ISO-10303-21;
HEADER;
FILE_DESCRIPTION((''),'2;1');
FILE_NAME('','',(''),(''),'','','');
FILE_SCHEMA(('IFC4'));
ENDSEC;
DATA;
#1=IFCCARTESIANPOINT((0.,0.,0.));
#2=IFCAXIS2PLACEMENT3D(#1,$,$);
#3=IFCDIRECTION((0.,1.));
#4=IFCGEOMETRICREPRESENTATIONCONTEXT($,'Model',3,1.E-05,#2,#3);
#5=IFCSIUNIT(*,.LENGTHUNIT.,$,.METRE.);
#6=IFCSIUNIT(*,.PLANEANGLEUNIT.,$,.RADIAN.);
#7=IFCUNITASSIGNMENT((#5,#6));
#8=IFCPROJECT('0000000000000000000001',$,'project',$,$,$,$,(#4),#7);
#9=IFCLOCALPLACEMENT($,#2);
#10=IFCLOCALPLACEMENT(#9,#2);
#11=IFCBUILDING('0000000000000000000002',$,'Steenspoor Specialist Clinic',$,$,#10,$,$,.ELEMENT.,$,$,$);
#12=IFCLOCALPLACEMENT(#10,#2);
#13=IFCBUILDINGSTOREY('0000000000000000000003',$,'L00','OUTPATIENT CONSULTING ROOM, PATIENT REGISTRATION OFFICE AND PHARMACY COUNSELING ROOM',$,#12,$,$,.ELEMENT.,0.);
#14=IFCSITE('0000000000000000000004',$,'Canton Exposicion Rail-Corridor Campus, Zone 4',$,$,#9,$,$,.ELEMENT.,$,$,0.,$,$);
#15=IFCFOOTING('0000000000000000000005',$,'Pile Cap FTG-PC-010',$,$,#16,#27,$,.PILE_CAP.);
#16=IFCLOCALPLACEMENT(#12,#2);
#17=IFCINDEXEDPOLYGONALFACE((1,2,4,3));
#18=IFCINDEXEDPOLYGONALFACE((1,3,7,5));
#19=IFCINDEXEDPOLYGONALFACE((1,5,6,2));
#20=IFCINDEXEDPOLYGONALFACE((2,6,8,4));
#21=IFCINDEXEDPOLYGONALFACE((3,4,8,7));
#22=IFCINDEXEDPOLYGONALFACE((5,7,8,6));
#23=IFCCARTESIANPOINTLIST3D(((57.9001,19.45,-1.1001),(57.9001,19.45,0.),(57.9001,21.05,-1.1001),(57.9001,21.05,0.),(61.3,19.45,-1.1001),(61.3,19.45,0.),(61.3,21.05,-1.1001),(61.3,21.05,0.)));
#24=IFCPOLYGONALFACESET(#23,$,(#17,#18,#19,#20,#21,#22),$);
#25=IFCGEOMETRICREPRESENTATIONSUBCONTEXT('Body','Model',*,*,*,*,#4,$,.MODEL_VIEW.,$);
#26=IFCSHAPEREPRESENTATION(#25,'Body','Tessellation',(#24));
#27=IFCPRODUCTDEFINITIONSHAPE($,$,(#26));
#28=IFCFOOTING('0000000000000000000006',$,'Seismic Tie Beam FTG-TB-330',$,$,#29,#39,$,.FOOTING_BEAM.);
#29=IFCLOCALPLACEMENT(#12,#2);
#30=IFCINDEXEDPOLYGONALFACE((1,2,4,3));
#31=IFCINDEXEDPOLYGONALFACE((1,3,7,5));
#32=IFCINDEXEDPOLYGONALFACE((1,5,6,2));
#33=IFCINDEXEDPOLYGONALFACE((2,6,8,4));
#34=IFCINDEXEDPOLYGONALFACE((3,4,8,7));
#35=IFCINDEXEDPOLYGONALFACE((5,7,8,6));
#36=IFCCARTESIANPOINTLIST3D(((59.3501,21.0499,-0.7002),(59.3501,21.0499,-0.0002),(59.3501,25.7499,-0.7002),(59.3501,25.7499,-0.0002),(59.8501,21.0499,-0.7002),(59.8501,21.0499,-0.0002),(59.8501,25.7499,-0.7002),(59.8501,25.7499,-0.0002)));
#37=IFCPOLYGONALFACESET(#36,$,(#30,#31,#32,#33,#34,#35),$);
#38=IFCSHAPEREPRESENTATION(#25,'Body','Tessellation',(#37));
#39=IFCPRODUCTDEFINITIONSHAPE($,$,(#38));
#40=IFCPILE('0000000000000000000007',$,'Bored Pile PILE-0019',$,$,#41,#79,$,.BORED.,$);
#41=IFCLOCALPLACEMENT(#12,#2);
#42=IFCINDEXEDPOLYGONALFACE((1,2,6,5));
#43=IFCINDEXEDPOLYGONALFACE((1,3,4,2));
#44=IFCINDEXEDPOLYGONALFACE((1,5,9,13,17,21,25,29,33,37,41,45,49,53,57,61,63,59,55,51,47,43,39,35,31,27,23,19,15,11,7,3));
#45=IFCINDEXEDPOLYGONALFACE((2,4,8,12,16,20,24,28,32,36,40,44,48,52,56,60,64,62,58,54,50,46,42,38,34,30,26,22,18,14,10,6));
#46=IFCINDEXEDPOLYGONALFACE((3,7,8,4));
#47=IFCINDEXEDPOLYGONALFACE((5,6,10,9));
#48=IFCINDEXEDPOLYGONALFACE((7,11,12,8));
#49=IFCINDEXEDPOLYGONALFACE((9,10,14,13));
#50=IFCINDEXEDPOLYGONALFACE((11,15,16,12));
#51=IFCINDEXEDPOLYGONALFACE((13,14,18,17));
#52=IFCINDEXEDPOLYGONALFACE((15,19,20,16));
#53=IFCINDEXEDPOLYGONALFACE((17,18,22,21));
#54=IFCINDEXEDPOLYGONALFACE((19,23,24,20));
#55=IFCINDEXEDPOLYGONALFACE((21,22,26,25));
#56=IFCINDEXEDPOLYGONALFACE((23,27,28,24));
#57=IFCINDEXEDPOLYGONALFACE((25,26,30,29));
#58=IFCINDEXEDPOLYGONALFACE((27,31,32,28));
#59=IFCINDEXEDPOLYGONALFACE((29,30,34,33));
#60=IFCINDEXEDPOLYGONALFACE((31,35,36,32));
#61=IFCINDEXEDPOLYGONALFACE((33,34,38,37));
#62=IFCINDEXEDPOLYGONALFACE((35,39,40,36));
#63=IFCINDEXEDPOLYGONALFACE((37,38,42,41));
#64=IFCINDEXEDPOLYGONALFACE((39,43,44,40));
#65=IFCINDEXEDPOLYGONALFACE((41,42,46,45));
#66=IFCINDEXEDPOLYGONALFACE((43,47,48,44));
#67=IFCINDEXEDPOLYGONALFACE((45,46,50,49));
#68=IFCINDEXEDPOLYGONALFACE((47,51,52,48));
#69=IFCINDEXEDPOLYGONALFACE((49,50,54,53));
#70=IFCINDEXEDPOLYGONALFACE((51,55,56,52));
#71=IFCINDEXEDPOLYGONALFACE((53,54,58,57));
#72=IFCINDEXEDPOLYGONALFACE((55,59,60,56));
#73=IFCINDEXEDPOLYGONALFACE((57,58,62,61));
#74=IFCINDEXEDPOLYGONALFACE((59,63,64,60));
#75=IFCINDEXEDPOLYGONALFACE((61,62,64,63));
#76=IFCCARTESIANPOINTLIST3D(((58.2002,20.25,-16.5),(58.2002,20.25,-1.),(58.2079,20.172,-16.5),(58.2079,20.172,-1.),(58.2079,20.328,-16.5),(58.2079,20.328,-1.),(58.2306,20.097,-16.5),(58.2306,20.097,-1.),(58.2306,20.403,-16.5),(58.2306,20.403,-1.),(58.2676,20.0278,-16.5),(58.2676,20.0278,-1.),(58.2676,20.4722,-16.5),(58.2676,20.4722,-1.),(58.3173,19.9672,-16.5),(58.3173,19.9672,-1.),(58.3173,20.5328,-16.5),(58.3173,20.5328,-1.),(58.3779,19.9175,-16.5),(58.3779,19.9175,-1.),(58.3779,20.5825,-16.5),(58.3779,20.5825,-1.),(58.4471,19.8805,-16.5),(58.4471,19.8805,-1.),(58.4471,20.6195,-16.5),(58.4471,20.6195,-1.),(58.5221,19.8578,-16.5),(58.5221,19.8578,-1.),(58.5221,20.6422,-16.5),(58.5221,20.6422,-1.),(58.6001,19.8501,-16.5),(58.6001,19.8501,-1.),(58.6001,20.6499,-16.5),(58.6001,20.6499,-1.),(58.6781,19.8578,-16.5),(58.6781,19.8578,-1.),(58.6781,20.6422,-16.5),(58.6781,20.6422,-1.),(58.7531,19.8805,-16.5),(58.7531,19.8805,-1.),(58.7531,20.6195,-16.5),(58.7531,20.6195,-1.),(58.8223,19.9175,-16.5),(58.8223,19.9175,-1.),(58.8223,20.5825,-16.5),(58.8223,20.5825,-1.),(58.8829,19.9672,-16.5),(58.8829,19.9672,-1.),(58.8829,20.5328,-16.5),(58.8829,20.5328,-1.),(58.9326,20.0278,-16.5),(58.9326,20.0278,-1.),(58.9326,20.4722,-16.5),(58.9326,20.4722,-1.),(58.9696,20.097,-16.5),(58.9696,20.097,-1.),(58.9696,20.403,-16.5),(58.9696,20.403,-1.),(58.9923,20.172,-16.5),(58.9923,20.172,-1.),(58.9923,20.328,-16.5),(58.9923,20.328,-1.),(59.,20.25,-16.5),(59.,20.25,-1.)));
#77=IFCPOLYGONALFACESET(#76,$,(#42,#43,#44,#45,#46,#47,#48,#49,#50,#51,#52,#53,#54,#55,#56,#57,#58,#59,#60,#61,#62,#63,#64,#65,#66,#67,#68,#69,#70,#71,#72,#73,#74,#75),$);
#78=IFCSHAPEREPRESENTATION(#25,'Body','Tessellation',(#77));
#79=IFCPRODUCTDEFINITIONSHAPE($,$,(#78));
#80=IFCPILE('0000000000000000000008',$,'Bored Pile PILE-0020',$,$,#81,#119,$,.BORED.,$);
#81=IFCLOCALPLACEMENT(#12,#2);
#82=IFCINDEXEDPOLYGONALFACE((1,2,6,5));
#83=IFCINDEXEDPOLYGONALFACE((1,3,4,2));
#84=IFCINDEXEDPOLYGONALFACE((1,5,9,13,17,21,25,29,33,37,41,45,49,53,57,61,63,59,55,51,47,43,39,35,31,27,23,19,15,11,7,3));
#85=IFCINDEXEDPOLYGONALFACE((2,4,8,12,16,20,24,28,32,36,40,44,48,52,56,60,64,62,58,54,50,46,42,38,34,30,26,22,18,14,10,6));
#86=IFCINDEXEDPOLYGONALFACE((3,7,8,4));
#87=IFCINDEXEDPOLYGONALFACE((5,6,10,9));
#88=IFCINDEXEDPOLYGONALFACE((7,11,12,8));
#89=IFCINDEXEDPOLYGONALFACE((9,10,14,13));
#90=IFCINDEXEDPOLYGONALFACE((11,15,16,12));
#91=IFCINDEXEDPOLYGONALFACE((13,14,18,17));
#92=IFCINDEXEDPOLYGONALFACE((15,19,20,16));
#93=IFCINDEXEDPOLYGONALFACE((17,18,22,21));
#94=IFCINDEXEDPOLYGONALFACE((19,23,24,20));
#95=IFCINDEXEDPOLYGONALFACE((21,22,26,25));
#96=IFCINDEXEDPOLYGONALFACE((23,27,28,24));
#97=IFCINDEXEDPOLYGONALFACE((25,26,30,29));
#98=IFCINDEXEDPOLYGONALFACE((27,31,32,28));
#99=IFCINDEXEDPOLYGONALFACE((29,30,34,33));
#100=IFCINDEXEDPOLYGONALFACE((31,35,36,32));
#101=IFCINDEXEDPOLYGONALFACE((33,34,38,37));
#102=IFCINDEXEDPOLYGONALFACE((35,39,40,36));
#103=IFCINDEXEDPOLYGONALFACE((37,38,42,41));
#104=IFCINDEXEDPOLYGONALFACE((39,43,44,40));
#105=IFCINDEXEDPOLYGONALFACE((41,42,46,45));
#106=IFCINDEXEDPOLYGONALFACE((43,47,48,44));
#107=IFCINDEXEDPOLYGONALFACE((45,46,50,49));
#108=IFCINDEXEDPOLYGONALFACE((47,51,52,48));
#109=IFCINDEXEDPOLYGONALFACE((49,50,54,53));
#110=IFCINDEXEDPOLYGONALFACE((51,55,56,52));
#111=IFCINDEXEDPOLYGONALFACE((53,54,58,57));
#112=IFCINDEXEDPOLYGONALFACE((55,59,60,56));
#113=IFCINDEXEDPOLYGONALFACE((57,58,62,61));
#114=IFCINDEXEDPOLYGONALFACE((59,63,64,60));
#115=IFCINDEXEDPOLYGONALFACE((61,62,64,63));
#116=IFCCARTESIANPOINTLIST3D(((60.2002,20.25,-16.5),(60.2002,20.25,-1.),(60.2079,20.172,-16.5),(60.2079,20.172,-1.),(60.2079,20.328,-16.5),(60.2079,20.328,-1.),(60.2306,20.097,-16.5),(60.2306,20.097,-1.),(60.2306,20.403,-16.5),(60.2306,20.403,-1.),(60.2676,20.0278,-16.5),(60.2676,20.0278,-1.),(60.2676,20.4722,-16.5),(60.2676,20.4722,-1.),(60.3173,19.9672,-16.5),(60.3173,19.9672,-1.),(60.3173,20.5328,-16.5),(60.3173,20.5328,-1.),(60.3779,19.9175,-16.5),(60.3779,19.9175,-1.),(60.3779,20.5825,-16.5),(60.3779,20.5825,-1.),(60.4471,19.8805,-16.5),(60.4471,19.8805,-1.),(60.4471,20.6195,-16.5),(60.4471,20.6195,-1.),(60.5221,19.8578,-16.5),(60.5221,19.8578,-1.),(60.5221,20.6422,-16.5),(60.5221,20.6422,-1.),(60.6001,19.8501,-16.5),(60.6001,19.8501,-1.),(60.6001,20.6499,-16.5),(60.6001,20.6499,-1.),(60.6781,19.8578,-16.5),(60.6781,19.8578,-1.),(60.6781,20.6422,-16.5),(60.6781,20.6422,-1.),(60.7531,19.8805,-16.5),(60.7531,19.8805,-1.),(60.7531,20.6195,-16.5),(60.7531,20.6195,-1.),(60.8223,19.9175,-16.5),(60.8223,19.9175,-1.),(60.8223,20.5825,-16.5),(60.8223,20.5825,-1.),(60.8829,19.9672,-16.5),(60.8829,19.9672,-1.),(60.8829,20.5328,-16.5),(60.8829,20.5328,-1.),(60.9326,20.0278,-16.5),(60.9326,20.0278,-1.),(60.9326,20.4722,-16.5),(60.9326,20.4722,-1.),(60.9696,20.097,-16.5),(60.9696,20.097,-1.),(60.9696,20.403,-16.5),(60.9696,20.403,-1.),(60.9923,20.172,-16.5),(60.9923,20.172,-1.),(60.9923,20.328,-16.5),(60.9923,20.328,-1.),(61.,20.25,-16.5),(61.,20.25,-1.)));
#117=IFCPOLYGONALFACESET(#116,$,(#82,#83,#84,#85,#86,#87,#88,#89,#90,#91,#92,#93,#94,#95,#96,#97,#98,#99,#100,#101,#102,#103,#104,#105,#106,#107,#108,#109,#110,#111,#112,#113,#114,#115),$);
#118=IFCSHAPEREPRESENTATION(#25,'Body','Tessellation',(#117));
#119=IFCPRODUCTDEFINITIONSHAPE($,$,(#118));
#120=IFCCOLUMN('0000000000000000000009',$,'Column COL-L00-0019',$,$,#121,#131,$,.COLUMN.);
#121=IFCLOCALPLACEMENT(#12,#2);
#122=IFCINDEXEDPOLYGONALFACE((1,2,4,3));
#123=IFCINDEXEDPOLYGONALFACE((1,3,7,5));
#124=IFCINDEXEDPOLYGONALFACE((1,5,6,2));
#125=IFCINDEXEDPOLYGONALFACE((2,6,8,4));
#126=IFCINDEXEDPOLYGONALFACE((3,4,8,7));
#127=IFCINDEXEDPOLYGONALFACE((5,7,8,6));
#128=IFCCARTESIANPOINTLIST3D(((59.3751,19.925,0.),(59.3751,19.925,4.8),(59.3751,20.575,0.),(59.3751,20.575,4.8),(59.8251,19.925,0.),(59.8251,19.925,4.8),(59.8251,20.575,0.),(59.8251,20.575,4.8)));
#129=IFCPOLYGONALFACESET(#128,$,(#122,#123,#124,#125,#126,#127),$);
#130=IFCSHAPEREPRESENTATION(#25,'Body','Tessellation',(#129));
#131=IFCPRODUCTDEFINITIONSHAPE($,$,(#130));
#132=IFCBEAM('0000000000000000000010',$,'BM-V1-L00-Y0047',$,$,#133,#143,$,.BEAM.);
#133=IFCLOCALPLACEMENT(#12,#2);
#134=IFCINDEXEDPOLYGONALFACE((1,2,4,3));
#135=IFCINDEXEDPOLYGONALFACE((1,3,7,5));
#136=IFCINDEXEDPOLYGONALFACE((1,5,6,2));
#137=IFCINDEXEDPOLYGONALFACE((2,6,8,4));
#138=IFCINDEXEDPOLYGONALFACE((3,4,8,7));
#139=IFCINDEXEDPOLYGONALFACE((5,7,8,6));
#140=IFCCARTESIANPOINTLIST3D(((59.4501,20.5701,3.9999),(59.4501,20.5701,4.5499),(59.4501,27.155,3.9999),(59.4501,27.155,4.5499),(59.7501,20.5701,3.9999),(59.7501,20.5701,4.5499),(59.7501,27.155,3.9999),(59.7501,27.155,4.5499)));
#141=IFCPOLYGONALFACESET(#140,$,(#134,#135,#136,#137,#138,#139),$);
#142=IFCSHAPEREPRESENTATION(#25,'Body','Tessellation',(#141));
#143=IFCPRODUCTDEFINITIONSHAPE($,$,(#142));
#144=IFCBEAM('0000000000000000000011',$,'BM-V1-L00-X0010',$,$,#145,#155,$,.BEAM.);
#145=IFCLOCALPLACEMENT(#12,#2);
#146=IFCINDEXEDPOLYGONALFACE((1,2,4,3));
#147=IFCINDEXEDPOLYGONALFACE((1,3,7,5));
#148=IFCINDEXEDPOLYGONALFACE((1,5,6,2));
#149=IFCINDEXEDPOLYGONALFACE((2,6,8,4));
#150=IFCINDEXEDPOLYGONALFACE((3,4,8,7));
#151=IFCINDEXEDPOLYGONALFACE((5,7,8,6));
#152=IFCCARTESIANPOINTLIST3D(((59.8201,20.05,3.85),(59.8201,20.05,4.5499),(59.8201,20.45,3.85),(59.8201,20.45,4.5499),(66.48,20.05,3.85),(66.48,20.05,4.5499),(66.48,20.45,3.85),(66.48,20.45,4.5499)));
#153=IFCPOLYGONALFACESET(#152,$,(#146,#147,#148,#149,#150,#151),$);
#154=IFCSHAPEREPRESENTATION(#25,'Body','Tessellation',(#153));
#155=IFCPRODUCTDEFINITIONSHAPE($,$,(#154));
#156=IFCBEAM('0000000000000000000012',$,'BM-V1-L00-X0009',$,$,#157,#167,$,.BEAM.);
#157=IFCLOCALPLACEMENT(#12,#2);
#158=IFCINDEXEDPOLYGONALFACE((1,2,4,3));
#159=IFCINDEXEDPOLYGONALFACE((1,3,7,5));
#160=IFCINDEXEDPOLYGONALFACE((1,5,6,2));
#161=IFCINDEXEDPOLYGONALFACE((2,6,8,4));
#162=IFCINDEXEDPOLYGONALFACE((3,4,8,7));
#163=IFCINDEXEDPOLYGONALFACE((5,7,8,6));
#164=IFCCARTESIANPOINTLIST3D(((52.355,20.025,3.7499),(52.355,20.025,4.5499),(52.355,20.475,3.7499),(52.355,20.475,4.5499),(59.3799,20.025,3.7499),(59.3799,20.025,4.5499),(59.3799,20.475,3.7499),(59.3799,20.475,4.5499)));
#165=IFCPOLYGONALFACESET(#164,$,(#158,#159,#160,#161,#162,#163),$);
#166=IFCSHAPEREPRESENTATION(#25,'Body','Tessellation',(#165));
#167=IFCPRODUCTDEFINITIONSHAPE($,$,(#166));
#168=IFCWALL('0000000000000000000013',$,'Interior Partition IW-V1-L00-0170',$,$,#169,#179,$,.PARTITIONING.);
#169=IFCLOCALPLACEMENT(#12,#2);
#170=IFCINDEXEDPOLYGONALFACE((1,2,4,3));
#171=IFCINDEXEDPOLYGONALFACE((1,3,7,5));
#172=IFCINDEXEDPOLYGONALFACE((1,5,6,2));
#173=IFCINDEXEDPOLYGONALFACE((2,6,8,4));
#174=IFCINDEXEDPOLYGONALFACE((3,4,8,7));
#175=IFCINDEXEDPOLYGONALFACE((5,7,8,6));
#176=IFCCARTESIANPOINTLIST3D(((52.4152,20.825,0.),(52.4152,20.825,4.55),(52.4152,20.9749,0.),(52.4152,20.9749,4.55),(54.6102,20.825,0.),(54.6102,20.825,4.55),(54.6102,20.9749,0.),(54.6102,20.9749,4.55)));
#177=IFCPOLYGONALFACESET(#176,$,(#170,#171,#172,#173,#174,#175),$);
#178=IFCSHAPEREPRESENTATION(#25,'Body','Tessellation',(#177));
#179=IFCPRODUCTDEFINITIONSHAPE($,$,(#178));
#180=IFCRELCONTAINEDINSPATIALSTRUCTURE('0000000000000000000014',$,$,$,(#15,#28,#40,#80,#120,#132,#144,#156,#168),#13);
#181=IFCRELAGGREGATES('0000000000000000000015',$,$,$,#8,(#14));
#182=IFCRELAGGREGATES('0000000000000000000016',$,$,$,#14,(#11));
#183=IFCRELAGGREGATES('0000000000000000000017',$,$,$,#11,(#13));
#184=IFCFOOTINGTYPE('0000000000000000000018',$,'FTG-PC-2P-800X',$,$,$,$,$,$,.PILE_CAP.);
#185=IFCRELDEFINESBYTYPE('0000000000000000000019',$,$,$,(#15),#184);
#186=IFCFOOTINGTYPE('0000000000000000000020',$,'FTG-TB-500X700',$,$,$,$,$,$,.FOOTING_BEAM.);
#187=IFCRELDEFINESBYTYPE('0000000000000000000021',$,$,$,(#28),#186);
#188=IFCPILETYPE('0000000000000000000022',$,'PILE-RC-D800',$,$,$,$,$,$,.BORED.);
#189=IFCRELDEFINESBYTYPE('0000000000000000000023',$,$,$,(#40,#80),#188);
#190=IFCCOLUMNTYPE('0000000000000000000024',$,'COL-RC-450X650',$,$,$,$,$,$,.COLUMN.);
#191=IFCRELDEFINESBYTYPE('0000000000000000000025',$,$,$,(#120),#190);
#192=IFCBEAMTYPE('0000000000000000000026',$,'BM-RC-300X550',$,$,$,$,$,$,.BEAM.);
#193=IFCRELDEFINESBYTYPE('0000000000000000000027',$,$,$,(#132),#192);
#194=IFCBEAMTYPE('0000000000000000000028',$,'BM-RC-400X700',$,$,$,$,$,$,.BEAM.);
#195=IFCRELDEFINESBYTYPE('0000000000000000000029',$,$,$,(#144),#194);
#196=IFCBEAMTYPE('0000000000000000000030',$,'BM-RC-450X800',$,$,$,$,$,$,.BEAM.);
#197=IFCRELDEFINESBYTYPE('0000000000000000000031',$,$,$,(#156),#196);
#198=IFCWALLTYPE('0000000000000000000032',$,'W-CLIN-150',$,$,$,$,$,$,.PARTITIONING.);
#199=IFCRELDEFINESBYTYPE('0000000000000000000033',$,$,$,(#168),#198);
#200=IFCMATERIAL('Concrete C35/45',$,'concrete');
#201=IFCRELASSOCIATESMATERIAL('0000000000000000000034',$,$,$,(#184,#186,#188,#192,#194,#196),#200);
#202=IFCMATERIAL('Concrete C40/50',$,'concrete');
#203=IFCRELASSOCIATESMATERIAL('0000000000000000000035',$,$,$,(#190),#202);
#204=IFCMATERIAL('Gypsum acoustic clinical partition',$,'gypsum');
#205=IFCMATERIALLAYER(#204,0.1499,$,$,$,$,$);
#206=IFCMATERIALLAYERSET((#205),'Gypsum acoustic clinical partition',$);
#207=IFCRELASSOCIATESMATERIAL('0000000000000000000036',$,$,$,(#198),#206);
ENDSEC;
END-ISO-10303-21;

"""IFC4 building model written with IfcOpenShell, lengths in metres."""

from ifc_helpers import new_model, si_unit, direction, frame, frame_2d, origin, origin_2d, place, context, subcontext, project, spatial, rectangle, circle, extrude, material, layer, layer_set, material_profile, profile_set, type_object, element, save


model = new_model("IFC4")

# Units and contexts
model_context = context("Model", 3, precision=1e-05, world=origin(), true_north=direction((0.0, 1.0)))
body_context = subcontext(model_context, "Body", "Model", "MODEL_VIEW")
ifc_project = project(units=[si_unit("LENGTHUNIT", "METRE"), si_unit("PLANEANGLEUNIT", "RADIAN")], contexts=[model_context])

# Site, building, storey
site_placement = place(None, origin())
site = spatial("IfcSite", under=ifc_project, at=site_placement, Name="Canton Exposicion Rail-Corridor Campus, Zone 4", CompositionType="ELEMENT", RefElevation=0.0)
building_placement = place(site_placement, origin())
building = spatial("IfcBuilding", under=site, at=building_placement, Name="Steenspoor Specialist Clinic", CompositionType="ELEMENT")
storey_placement = place(building_placement, origin())
storey = spatial("IfcBuildingStorey", under=building, at=storey_placement, Name="L00", Description="OUTPATIENT CONSULTING ROOM, PATIENT REGISTRATION OFFICE AND PHARMACY COUNSELING ROOM", CompositionType="ELEMENT", Elevation=0.0)

# Footings
ifc_material_1 = material(Name="Concrete C35/45", Category="concrete")
footing_type_1 = type_object("IfcFootingType", Name="FTG-PC-2P-800X", PredefinedType="PILE_CAP", material=ifc_material_1)
footing_1_placement = place(storey_placement, frame((59.6001, 20.25, -1.1001), z_axis=(0.0, 0.0, 1.0), x_axis=(1.0, 0.0, 0.0)))
element("IfcFooting", 1, at=footing_1_placement, inside=storey, type_object=footing_type_1, Name="Pile Cap FTG-PC-010", PredefinedType="PILE_CAP", context=body_context, shape_type="SweptSolid", body=[
    extrude(rectangle(XDim=3.3999, YDim=1.6001, at=origin_2d()), origin(), (0.0, 0.0, 1.0), 1.1001),
])
footing_type_2 = type_object("IfcFootingType", Name="FTG-TB-500X700", PredefinedType="FOOTING_BEAM", material=ifc_material_1)
footing_2_placement = place(storey_placement, frame((59.6001, 23.3999, -0.7002), z_axis=(0.0, 0.0, 1.0), x_axis=(1.0, 0.0, 0.0)))
element("IfcFooting", 2, at=footing_2_placement, inside=storey, type_object=footing_type_2, Name="Seismic Tie Beam FTG-TB-330", PredefinedType="FOOTING_BEAM", context=body_context, shape_type="SweptSolid", body=[
    extrude(rectangle(XDim=0.5, YDim=4.7, at=origin_2d()), origin(), (0.0, 0.0, 1.0), 0.7),
])

# Piles
ifc_material_profile_1 = material_profile(ifc_material_1, circle(Radius=0.3999, at=origin_2d()), Name="PILE-D800")
ifc_profile_set_1 = profile_set([ifc_material_profile_1], Name="Concrete C35/45")
pile_type = type_object("IfcPileType", Name="PILE-RC-D800", PredefinedType="BORED", material=ifc_profile_set_1)
for number, where, z_axis, x_axis, name in (
    (3, (58.6001, 20.25, -1.0), (0.0, 0.0, -1.0), (1.0, 0.0, 0.0), "Bored Pile PILE-0019"),
    (4, (60.6001, 20.25, -1.0), (0.0, 0.0, -1.0), (1.0, 0.0, 0.0), "Bored Pile PILE-0020"),
):
    element("IfcPile", number, at=place(storey_placement, frame(where, z_axis=z_axis, x_axis=x_axis)), inside=storey, type_object=pile_type, Name=name, PredefinedType="BORED", context=body_context, shape_type="SweptSolid", body=[
        extrude(circle(Radius=0.3999, at=origin_2d()), origin(), (0.0, 0.0, 1.0), 15.5),
    ])

# Column
ifc_material_2 = material(Name="Concrete C40/50", Category="concrete")
ifc_material_profile_2 = material_profile(ifc_material_2, rectangle(XDim=0.45, YDim=0.6499, at=origin_2d()), Name="RC-COL-450X650")
ifc_profile_set_2 = profile_set([ifc_material_profile_2], Name="Concrete C40/50")
column_type = type_object("IfcColumnType", Name="COL-RC-450X650", PredefinedType="COLUMN", material=ifc_profile_set_2)
column_placement = place(storey_placement, frame((59.6001, 20.25, 0.0), z_axis=(0.0, 0.0, 1.0), x_axis=(1.0, 0.0, 0.0)))
element("IfcColumn", 5, at=column_placement, inside=storey, type_object=column_type, Name="Column COL-L00-0019", PredefinedType="COLUMN", context=body_context, shape_type="SweptSolid", body=[
    extrude(rectangle(XDim=0.45, YDim=0.6499, at=origin_2d()), origin(), (0.0, 0.0, 1.0), 4.8),
])

# Beams
ifc_material_profile_3 = material_profile(ifc_material_1, rectangle(XDim=0.3, YDim=0.55, at=origin_2d()), Name="RC-BM-300X550")
ifc_profile_set_3 = profile_set([ifc_material_profile_3], Name="Concrete C35/45")
beam_type_1 = type_object("IfcBeamType", Name="BM-RC-300X550", PredefinedType="BEAM", material=ifc_profile_set_3)
beam_1_placement = place(storey_placement, frame((59.6001, 20.5701, 4.2749), z_axis=(0.0, 1.0, 0.0), x_axis=(-1.0, 0.0, 0.0)))
element("IfcBeam", 6, at=beam_1_placement, inside=storey, type_object=beam_type_1, Name="BM-V1-L00-Y0047", PredefinedType="BEAM", context=body_context, shape_type="SweptSolid", body=[
    extrude(rectangle(XDim=0.3, YDim=0.55, at=origin_2d()), origin(), (0.0, 0.0, 1.0), 6.585),
])
ifc_material_profile_4 = material_profile(ifc_material_1, rectangle(XDim=0.3999, YDim=0.7, at=origin_2d()), Name="RC-BM-400X700")
ifc_profile_set_4 = profile_set([ifc_material_profile_4], Name="Concrete C35/45")
beam_type_2 = type_object("IfcBeamType", Name="BM-RC-400X700", PredefinedType="BEAM", material=ifc_profile_set_4)
beam_2_placement = place(storey_placement, frame((59.8201, 20.25, 4.2), z_axis=(1.0, 0.0, 0.0), x_axis=(0.0, 1.0, 0.0)))
element("IfcBeam", 7, at=beam_2_placement, inside=storey, type_object=beam_type_2, Name="BM-V1-L00-X0010", PredefinedType="BEAM", context=body_context, shape_type="SweptSolid", body=[
    extrude(rectangle(XDim=0.3999, YDim=0.7, at=origin_2d()), origin(), (0.0, 0.0, 1.0), 6.6599),
])
ifc_material_profile_5 = material_profile(ifc_material_1, rectangle(XDim=0.45, YDim=0.8, at=origin_2d()), Name="RC-BM-450X800")
ifc_profile_set_5 = profile_set([ifc_material_profile_5], Name="Concrete C35/45")
beam_type_3 = type_object("IfcBeamType", Name="BM-RC-450X800", PredefinedType="BEAM", material=ifc_profile_set_5)
beam_3_placement = place(storey_placement, frame((52.355, 20.25, 4.1499), z_axis=(1.0, 0.0, 0.0), x_axis=(0.0, 1.0, 0.0)))
element("IfcBeam", 8, at=beam_3_placement, inside=storey, type_object=beam_type_3, Name="BM-V1-L00-X0009", PredefinedType="BEAM", context=body_context, shape_type="SweptSolid", body=[
    extrude(rectangle(XDim=0.45, YDim=0.8, at=origin_2d()), origin(), (0.0, 0.0, 1.0), 7.0249),
])

# Wall
ifc_material_3 = material(Name="Gypsum acoustic clinical partition", Category="gypsum")
ifc_layer_1 = layer(ifc_material_3, 0.1499)
ifc_layer_set_1 = layer_set([ifc_layer_1], Name="Gypsum acoustic clinical partition")
wall_type_1 = type_object("IfcWallType", Name="W-CLIN-150", PredefinedType="PARTITIONING", material=ifc_layer_set_1)
wall_1_placement = place(storey_placement, frame((52.415, 20.8999, 0.0), z_axis=(0.0, 0.0, 1.0), x_axis=(1.0, 0.0, 0.0)))
element("IfcWall", 9, at=wall_1_placement, inside=storey, type_object=wall_type_1, Name="Interior Partition IW-V1-L00-0170", PredefinedType="PARTITIONING", context=body_context, shape_type="SweptSolid", body=[
    extrude(rectangle(XDim=2.1951, YDim=0.1499, at=frame_2d((1.0977, 0.0))), origin(), (0.0, 0.0, 1.0), 4.55),
])

save(model, "model.ifc")
